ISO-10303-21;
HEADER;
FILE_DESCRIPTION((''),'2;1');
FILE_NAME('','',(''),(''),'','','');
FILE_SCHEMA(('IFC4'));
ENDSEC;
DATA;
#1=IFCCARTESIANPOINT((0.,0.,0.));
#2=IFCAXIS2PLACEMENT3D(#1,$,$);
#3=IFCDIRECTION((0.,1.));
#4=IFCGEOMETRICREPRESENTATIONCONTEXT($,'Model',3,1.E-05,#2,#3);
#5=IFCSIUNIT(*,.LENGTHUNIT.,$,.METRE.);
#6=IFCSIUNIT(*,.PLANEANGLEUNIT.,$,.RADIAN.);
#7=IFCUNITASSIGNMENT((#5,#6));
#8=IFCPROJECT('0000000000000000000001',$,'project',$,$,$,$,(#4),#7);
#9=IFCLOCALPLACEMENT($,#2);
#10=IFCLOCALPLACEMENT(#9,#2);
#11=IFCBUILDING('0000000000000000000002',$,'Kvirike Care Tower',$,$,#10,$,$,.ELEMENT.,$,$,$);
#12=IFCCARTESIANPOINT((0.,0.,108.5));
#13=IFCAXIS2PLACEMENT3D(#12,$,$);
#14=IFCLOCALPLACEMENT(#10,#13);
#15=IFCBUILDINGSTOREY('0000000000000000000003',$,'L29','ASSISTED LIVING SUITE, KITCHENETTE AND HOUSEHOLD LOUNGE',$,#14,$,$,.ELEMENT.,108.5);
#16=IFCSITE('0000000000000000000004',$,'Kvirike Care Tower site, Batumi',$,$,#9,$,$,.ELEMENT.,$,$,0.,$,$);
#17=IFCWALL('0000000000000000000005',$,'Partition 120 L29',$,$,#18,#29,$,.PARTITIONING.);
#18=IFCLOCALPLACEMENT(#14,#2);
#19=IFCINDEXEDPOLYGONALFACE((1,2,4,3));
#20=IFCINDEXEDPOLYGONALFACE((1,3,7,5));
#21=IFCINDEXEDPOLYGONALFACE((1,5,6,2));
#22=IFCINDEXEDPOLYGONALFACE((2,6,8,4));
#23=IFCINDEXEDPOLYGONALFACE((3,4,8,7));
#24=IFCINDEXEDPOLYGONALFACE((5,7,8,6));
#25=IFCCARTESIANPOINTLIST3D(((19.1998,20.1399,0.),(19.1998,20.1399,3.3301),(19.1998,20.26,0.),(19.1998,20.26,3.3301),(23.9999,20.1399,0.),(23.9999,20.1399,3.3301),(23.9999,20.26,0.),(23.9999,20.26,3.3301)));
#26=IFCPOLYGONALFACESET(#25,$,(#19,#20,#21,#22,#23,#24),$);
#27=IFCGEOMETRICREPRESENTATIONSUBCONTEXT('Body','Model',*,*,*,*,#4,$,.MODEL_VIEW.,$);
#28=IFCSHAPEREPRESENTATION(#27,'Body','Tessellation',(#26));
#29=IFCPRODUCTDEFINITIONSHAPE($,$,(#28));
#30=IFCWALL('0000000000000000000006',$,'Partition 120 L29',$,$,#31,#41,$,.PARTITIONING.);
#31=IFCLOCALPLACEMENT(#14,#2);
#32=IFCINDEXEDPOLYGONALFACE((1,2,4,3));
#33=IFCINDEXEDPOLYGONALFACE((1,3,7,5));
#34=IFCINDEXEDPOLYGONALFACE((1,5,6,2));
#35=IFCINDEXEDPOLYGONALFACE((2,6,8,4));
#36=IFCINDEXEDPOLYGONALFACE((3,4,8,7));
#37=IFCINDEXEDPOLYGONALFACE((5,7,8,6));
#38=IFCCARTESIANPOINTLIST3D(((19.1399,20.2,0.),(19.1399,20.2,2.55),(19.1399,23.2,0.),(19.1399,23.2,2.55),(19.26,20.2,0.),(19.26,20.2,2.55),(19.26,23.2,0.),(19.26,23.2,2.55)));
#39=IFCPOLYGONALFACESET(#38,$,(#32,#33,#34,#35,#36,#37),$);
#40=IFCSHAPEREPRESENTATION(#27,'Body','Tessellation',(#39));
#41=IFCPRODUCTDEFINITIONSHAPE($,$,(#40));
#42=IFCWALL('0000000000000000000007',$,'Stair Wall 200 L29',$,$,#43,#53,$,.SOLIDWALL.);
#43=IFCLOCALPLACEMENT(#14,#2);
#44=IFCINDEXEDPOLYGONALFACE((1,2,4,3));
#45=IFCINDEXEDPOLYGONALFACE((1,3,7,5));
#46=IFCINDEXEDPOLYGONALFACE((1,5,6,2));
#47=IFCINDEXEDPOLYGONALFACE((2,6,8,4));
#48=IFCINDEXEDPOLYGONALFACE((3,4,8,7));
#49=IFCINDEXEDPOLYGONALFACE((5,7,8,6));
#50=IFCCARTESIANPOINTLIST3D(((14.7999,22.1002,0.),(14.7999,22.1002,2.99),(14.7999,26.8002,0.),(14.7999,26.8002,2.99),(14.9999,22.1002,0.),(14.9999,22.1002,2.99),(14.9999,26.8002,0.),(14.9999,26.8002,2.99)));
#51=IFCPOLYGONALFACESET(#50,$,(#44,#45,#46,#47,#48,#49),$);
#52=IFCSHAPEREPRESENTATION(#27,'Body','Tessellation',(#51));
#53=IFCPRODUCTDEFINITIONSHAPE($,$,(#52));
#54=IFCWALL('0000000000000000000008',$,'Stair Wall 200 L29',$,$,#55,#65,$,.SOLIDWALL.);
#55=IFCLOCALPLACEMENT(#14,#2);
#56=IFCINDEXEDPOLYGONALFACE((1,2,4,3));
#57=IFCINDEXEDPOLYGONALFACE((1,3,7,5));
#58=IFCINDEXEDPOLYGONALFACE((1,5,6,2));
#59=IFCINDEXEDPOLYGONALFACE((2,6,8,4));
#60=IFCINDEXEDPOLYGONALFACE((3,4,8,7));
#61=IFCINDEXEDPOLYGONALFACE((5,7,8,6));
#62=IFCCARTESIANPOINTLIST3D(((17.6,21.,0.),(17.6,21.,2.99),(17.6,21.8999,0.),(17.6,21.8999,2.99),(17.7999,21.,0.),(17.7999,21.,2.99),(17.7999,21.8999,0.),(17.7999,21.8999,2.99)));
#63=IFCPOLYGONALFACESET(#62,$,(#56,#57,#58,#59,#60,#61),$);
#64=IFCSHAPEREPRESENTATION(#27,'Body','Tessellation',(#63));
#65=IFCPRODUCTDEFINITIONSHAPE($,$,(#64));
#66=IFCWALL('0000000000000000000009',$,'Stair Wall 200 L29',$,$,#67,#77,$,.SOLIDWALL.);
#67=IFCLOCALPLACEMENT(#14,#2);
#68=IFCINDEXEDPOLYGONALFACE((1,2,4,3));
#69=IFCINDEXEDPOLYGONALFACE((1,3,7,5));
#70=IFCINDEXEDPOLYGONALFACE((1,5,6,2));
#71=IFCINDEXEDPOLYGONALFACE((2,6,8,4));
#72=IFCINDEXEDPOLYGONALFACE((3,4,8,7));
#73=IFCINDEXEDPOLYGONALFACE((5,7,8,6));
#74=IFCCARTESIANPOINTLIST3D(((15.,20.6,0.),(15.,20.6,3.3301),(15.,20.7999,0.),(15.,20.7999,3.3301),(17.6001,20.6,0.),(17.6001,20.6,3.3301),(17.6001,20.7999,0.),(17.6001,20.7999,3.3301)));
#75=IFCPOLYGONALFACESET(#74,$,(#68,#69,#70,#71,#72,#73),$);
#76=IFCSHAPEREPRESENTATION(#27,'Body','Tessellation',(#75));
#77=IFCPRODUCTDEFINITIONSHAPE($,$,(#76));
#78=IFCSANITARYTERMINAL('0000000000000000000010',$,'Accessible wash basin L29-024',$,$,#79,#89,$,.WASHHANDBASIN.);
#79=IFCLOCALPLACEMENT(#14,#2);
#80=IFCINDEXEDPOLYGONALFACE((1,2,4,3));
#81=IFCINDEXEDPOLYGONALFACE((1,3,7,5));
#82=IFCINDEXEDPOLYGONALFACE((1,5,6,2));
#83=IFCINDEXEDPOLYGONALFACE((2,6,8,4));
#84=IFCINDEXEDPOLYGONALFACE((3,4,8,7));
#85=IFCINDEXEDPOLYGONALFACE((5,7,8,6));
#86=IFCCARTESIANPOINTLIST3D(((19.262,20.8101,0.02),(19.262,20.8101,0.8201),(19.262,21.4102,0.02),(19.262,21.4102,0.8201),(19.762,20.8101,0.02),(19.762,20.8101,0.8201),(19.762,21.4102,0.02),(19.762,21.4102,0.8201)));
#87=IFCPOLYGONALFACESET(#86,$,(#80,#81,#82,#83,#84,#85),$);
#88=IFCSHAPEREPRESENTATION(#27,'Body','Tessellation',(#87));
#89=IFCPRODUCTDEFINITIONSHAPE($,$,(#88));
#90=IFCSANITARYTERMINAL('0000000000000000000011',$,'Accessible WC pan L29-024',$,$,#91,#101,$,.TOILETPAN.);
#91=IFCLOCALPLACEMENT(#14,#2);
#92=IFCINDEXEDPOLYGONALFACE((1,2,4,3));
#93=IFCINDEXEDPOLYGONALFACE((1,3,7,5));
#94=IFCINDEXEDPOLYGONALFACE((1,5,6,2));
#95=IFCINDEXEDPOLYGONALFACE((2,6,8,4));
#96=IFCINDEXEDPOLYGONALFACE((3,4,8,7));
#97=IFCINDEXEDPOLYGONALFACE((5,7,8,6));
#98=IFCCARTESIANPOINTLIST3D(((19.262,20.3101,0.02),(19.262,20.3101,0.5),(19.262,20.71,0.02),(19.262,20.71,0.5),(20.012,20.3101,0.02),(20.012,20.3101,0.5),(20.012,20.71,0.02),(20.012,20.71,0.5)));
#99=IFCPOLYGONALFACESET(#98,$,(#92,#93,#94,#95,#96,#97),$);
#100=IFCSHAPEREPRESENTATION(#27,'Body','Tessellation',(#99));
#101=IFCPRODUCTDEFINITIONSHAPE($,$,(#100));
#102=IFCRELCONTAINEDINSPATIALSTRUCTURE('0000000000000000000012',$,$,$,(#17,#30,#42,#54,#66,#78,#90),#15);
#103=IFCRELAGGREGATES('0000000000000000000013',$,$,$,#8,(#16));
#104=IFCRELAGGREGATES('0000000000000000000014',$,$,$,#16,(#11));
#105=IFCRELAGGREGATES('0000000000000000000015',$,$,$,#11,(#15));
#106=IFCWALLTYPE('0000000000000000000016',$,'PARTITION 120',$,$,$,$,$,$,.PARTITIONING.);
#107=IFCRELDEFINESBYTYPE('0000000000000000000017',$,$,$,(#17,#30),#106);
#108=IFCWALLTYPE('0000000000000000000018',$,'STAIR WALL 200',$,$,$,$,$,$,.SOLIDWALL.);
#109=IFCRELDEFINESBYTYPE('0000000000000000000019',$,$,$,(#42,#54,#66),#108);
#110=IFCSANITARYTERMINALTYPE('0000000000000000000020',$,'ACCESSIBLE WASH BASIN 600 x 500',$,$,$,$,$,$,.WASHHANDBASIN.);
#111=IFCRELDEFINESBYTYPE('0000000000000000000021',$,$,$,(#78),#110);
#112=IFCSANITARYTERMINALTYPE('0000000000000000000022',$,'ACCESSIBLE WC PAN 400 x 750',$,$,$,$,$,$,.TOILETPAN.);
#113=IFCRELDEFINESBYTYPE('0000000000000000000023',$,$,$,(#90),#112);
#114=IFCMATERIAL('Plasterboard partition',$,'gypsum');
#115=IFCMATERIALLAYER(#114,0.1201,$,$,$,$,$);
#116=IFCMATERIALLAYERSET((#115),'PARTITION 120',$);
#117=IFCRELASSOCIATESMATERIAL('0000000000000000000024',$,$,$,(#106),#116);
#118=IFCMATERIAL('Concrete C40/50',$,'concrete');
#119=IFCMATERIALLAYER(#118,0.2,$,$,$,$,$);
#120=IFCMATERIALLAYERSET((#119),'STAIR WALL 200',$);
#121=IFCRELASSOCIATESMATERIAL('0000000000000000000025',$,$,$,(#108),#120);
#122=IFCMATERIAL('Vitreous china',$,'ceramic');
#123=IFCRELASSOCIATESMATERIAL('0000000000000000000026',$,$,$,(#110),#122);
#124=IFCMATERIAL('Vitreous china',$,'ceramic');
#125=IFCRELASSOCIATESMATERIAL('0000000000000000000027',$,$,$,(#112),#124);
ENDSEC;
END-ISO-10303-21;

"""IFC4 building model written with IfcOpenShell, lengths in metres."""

from ifc_helpers import new_model, si_unit, direction, frame, frame_2d, origin, origin_2d, place, context, subcontext, project, spatial, rectangle, extrude, material, layer, layer_set, type_object, element, save


model = new_model("IFC4")

# Units and contexts
model_context = context("Model", 3, precision=1e-05, world=origin(), true_north=direction((0.0, 1.0)))
body_context = subcontext(model_context, "Body", "Model", "MODEL_VIEW")
ifc_project = project(units=[si_unit("LENGTHUNIT", "METRE"), si_unit("PLANEANGLEUNIT", "RADIAN")], contexts=[model_context])

# Site, building, storey
site_placement = place(None, origin())
site = spatial("IfcSite", under=ifc_project, at=site_placement, Name="Kvirike Care Tower site, Batumi", CompositionType="ELEMENT", RefElevation=0.0)
building_placement = place(site_placement, origin())
building = spatial("IfcBuilding", under=site, at=building_placement, Name="Kvirike Care Tower", CompositionType="ELEMENT")
storey_placement = place(building_placement, frame((0.0, 0.0, 108.5)))
storey = spatial("IfcBuildingStorey", under=building, at=storey_placement, Name="L29", Description="ASSISTED LIVING SUITE, KITCHENETTE AND HOUSEHOLD LOUNGE", CompositionType="ELEMENT", Elevation=108.5)

# Walls
ifc_material_1 = material(Name="Plasterboard partition", Category="gypsum")
ifc_layer_1 = layer(ifc_material_1, 0.1201)
ifc_layer_set_1 = layer_set([ifc_layer_1], Name="PARTITION 120")
wall_type_1 = type_object("IfcWallType", Name="PARTITION 120", PredefinedType="PARTITIONING", material=ifc_layer_set_1)
wall_1_placement = place(storey_placement, frame((19.2, 20.2, 0.0), z_axis=(0.0, 0.0, 1.0), x_axis=(1.0, 0.0, 0.0)))
element("IfcWall", 1, at=wall_1_placement, inside=storey, type_object=wall_type_1, Name="Partition 120 L29", PredefinedType="PARTITIONING", context=body_context, shape_type="SweptSolid", body=[
    extrude(rectangle(XDim=4.8, YDim=0.1201, at=frame_2d((2.3999, 0.0))), origin(), (0.0, 0.0, 1.0), 3.3301),
])
wall_2_placement = place(storey_placement, frame((19.2, 20.2, 0.0), z_axis=(0.0, 0.0, 1.0), x_axis=(0.0, 1.0, 0.0)))
element("IfcWall", 2, at=wall_2_placement, inside=storey, type_object=wall_type_1, Name="Partition 120 L29", PredefinedType="PARTITIONING", context=body_context, shape_type="SweptSolid", body=[
    extrude(rectangle(XDim=3.0, YDim=0.1201, at=frame_2d((1.5, 0.0))), origin(), (0.0, 0.0, 1.0), 2.55),
])
ifc_material_2 = material(Name="Concrete C40/50", Category="concrete")
ifc_layer_2 = layer(ifc_material_2, 0.2)
ifc_layer_set_2 = layer_set([ifc_layer_2], Name="STAIR WALL 200")
wall_type_2 = type_object("IfcWallType", Name="STAIR WALL 200", PredefinedType="SOLIDWALL", material=ifc_layer_set_2)
wall_3_placement = place(storey_placement, frame((14.8999, 22.1001, 0.0), z_axis=(0.0, 0.0, 1.0), x_axis=(0.0, 1.0, 0.0)))
element("IfcWall", 3, at=wall_3_placement, inside=storey, type_object=wall_type_2, Name="Stair Wall 200 L29", PredefinedType="SOLIDWALL", context=body_context, shape_type="SweptSolid", body=[
    extrude(rectangle(XDim=4.7, YDim=0.2, at=frame_2d((2.3501, 0.0))), origin(), (0.0, 0.0, 1.0), 2.99),
])
wall_4_placement = place(storey_placement, frame((17.7, 21.0, 0.0), z_axis=(0.0, 0.0, 1.0), x_axis=(0.0, 1.0, 0.0)))
element("IfcWall", 4, at=wall_4_placement, inside=storey, type_object=wall_type_2, Name="Stair Wall 200 L29", PredefinedType="SOLIDWALL", context=body_context, shape_type="SweptSolid", body=[
    extrude(rectangle(XDim=0.8999, YDim=0.2, at=frame_2d((0.45, 0.0))), origin(), (0.0, 0.0, 1.0), 2.99),
])
wall_5_placement = place(storey_placement, frame((15.0, 20.7, 0.0), z_axis=(0.0, 0.0, 1.0), x_axis=(1.0, 0.0, 0.0)))
element("IfcWall", 5, at=wall_5_placement, inside=storey, type_object=wall_type_2, Name="Stair Wall 200 L29", PredefinedType="SOLIDWALL", context=body_context, shape_type="SweptSolid", body=[
    extrude(rectangle(XDim=2.6001, YDim=0.2, at=frame_2d((1.3, 0.0))), origin(), (0.0, 0.0, 1.0), 3.3301),
])

# Sanitary terminals
ifc_material_3 = material(Name="Vitreous china", Category="ceramic")
sanitary_terminal_type_1 = type_object("IfcSanitaryTerminalType", Name="ACCESSIBLE WASH BASIN 600 x 500", PredefinedType="WASHHANDBASIN", material=ifc_material_3)
sanitary_terminal_1_placement = place(storey_placement, frame((19.512, 21.1101, 0.02), z_axis=(0.0, 0.0, 1.0), x_axis=(0.0, 1.0, 0.0)))
element("IfcSanitaryTerminal", 6, at=sanitary_terminal_1_placement, inside=storey, type_object=sanitary_terminal_type_1, Name="Accessible wash basin L29-024", PredefinedType="WASHHANDBASIN", context=body_context, shape_type="SweptSolid", body=[
    extrude(rectangle(XDim=0.6001, YDim=0.5, at=origin_2d()), origin(), (0.0, 0.0, 1.0), 0.8),
])
ifc_material_4 = material(Name="Vitreous china", Category="ceramic")
sanitary_terminal_type_2 = type_object("IfcSanitaryTerminalType", Name="ACCESSIBLE WC PAN 400 x 750", PredefinedType="TOILETPAN", material=ifc_material_4)
sanitary_terminal_2_placement = place(storey_placement, frame((19.637, 20.51, 0.02), z_axis=(0.0, 0.0, 1.0), x_axis=(0.0, 1.0, 0.0)))
element("IfcSanitaryTerminal", 7, at=sanitary_terminal_2_placement, inside=storey, type_object=sanitary_terminal_type_2, Name="Accessible WC pan L29-024", PredefinedType="TOILETPAN", context=body_context, shape_type="SweptSolid", body=[
    extrude(rectangle(XDim=0.3999, YDim=0.75, at=origin_2d()), origin(), (0.0, 0.0, 1.0), 0.48),
])

save(model, "model.ifc")
